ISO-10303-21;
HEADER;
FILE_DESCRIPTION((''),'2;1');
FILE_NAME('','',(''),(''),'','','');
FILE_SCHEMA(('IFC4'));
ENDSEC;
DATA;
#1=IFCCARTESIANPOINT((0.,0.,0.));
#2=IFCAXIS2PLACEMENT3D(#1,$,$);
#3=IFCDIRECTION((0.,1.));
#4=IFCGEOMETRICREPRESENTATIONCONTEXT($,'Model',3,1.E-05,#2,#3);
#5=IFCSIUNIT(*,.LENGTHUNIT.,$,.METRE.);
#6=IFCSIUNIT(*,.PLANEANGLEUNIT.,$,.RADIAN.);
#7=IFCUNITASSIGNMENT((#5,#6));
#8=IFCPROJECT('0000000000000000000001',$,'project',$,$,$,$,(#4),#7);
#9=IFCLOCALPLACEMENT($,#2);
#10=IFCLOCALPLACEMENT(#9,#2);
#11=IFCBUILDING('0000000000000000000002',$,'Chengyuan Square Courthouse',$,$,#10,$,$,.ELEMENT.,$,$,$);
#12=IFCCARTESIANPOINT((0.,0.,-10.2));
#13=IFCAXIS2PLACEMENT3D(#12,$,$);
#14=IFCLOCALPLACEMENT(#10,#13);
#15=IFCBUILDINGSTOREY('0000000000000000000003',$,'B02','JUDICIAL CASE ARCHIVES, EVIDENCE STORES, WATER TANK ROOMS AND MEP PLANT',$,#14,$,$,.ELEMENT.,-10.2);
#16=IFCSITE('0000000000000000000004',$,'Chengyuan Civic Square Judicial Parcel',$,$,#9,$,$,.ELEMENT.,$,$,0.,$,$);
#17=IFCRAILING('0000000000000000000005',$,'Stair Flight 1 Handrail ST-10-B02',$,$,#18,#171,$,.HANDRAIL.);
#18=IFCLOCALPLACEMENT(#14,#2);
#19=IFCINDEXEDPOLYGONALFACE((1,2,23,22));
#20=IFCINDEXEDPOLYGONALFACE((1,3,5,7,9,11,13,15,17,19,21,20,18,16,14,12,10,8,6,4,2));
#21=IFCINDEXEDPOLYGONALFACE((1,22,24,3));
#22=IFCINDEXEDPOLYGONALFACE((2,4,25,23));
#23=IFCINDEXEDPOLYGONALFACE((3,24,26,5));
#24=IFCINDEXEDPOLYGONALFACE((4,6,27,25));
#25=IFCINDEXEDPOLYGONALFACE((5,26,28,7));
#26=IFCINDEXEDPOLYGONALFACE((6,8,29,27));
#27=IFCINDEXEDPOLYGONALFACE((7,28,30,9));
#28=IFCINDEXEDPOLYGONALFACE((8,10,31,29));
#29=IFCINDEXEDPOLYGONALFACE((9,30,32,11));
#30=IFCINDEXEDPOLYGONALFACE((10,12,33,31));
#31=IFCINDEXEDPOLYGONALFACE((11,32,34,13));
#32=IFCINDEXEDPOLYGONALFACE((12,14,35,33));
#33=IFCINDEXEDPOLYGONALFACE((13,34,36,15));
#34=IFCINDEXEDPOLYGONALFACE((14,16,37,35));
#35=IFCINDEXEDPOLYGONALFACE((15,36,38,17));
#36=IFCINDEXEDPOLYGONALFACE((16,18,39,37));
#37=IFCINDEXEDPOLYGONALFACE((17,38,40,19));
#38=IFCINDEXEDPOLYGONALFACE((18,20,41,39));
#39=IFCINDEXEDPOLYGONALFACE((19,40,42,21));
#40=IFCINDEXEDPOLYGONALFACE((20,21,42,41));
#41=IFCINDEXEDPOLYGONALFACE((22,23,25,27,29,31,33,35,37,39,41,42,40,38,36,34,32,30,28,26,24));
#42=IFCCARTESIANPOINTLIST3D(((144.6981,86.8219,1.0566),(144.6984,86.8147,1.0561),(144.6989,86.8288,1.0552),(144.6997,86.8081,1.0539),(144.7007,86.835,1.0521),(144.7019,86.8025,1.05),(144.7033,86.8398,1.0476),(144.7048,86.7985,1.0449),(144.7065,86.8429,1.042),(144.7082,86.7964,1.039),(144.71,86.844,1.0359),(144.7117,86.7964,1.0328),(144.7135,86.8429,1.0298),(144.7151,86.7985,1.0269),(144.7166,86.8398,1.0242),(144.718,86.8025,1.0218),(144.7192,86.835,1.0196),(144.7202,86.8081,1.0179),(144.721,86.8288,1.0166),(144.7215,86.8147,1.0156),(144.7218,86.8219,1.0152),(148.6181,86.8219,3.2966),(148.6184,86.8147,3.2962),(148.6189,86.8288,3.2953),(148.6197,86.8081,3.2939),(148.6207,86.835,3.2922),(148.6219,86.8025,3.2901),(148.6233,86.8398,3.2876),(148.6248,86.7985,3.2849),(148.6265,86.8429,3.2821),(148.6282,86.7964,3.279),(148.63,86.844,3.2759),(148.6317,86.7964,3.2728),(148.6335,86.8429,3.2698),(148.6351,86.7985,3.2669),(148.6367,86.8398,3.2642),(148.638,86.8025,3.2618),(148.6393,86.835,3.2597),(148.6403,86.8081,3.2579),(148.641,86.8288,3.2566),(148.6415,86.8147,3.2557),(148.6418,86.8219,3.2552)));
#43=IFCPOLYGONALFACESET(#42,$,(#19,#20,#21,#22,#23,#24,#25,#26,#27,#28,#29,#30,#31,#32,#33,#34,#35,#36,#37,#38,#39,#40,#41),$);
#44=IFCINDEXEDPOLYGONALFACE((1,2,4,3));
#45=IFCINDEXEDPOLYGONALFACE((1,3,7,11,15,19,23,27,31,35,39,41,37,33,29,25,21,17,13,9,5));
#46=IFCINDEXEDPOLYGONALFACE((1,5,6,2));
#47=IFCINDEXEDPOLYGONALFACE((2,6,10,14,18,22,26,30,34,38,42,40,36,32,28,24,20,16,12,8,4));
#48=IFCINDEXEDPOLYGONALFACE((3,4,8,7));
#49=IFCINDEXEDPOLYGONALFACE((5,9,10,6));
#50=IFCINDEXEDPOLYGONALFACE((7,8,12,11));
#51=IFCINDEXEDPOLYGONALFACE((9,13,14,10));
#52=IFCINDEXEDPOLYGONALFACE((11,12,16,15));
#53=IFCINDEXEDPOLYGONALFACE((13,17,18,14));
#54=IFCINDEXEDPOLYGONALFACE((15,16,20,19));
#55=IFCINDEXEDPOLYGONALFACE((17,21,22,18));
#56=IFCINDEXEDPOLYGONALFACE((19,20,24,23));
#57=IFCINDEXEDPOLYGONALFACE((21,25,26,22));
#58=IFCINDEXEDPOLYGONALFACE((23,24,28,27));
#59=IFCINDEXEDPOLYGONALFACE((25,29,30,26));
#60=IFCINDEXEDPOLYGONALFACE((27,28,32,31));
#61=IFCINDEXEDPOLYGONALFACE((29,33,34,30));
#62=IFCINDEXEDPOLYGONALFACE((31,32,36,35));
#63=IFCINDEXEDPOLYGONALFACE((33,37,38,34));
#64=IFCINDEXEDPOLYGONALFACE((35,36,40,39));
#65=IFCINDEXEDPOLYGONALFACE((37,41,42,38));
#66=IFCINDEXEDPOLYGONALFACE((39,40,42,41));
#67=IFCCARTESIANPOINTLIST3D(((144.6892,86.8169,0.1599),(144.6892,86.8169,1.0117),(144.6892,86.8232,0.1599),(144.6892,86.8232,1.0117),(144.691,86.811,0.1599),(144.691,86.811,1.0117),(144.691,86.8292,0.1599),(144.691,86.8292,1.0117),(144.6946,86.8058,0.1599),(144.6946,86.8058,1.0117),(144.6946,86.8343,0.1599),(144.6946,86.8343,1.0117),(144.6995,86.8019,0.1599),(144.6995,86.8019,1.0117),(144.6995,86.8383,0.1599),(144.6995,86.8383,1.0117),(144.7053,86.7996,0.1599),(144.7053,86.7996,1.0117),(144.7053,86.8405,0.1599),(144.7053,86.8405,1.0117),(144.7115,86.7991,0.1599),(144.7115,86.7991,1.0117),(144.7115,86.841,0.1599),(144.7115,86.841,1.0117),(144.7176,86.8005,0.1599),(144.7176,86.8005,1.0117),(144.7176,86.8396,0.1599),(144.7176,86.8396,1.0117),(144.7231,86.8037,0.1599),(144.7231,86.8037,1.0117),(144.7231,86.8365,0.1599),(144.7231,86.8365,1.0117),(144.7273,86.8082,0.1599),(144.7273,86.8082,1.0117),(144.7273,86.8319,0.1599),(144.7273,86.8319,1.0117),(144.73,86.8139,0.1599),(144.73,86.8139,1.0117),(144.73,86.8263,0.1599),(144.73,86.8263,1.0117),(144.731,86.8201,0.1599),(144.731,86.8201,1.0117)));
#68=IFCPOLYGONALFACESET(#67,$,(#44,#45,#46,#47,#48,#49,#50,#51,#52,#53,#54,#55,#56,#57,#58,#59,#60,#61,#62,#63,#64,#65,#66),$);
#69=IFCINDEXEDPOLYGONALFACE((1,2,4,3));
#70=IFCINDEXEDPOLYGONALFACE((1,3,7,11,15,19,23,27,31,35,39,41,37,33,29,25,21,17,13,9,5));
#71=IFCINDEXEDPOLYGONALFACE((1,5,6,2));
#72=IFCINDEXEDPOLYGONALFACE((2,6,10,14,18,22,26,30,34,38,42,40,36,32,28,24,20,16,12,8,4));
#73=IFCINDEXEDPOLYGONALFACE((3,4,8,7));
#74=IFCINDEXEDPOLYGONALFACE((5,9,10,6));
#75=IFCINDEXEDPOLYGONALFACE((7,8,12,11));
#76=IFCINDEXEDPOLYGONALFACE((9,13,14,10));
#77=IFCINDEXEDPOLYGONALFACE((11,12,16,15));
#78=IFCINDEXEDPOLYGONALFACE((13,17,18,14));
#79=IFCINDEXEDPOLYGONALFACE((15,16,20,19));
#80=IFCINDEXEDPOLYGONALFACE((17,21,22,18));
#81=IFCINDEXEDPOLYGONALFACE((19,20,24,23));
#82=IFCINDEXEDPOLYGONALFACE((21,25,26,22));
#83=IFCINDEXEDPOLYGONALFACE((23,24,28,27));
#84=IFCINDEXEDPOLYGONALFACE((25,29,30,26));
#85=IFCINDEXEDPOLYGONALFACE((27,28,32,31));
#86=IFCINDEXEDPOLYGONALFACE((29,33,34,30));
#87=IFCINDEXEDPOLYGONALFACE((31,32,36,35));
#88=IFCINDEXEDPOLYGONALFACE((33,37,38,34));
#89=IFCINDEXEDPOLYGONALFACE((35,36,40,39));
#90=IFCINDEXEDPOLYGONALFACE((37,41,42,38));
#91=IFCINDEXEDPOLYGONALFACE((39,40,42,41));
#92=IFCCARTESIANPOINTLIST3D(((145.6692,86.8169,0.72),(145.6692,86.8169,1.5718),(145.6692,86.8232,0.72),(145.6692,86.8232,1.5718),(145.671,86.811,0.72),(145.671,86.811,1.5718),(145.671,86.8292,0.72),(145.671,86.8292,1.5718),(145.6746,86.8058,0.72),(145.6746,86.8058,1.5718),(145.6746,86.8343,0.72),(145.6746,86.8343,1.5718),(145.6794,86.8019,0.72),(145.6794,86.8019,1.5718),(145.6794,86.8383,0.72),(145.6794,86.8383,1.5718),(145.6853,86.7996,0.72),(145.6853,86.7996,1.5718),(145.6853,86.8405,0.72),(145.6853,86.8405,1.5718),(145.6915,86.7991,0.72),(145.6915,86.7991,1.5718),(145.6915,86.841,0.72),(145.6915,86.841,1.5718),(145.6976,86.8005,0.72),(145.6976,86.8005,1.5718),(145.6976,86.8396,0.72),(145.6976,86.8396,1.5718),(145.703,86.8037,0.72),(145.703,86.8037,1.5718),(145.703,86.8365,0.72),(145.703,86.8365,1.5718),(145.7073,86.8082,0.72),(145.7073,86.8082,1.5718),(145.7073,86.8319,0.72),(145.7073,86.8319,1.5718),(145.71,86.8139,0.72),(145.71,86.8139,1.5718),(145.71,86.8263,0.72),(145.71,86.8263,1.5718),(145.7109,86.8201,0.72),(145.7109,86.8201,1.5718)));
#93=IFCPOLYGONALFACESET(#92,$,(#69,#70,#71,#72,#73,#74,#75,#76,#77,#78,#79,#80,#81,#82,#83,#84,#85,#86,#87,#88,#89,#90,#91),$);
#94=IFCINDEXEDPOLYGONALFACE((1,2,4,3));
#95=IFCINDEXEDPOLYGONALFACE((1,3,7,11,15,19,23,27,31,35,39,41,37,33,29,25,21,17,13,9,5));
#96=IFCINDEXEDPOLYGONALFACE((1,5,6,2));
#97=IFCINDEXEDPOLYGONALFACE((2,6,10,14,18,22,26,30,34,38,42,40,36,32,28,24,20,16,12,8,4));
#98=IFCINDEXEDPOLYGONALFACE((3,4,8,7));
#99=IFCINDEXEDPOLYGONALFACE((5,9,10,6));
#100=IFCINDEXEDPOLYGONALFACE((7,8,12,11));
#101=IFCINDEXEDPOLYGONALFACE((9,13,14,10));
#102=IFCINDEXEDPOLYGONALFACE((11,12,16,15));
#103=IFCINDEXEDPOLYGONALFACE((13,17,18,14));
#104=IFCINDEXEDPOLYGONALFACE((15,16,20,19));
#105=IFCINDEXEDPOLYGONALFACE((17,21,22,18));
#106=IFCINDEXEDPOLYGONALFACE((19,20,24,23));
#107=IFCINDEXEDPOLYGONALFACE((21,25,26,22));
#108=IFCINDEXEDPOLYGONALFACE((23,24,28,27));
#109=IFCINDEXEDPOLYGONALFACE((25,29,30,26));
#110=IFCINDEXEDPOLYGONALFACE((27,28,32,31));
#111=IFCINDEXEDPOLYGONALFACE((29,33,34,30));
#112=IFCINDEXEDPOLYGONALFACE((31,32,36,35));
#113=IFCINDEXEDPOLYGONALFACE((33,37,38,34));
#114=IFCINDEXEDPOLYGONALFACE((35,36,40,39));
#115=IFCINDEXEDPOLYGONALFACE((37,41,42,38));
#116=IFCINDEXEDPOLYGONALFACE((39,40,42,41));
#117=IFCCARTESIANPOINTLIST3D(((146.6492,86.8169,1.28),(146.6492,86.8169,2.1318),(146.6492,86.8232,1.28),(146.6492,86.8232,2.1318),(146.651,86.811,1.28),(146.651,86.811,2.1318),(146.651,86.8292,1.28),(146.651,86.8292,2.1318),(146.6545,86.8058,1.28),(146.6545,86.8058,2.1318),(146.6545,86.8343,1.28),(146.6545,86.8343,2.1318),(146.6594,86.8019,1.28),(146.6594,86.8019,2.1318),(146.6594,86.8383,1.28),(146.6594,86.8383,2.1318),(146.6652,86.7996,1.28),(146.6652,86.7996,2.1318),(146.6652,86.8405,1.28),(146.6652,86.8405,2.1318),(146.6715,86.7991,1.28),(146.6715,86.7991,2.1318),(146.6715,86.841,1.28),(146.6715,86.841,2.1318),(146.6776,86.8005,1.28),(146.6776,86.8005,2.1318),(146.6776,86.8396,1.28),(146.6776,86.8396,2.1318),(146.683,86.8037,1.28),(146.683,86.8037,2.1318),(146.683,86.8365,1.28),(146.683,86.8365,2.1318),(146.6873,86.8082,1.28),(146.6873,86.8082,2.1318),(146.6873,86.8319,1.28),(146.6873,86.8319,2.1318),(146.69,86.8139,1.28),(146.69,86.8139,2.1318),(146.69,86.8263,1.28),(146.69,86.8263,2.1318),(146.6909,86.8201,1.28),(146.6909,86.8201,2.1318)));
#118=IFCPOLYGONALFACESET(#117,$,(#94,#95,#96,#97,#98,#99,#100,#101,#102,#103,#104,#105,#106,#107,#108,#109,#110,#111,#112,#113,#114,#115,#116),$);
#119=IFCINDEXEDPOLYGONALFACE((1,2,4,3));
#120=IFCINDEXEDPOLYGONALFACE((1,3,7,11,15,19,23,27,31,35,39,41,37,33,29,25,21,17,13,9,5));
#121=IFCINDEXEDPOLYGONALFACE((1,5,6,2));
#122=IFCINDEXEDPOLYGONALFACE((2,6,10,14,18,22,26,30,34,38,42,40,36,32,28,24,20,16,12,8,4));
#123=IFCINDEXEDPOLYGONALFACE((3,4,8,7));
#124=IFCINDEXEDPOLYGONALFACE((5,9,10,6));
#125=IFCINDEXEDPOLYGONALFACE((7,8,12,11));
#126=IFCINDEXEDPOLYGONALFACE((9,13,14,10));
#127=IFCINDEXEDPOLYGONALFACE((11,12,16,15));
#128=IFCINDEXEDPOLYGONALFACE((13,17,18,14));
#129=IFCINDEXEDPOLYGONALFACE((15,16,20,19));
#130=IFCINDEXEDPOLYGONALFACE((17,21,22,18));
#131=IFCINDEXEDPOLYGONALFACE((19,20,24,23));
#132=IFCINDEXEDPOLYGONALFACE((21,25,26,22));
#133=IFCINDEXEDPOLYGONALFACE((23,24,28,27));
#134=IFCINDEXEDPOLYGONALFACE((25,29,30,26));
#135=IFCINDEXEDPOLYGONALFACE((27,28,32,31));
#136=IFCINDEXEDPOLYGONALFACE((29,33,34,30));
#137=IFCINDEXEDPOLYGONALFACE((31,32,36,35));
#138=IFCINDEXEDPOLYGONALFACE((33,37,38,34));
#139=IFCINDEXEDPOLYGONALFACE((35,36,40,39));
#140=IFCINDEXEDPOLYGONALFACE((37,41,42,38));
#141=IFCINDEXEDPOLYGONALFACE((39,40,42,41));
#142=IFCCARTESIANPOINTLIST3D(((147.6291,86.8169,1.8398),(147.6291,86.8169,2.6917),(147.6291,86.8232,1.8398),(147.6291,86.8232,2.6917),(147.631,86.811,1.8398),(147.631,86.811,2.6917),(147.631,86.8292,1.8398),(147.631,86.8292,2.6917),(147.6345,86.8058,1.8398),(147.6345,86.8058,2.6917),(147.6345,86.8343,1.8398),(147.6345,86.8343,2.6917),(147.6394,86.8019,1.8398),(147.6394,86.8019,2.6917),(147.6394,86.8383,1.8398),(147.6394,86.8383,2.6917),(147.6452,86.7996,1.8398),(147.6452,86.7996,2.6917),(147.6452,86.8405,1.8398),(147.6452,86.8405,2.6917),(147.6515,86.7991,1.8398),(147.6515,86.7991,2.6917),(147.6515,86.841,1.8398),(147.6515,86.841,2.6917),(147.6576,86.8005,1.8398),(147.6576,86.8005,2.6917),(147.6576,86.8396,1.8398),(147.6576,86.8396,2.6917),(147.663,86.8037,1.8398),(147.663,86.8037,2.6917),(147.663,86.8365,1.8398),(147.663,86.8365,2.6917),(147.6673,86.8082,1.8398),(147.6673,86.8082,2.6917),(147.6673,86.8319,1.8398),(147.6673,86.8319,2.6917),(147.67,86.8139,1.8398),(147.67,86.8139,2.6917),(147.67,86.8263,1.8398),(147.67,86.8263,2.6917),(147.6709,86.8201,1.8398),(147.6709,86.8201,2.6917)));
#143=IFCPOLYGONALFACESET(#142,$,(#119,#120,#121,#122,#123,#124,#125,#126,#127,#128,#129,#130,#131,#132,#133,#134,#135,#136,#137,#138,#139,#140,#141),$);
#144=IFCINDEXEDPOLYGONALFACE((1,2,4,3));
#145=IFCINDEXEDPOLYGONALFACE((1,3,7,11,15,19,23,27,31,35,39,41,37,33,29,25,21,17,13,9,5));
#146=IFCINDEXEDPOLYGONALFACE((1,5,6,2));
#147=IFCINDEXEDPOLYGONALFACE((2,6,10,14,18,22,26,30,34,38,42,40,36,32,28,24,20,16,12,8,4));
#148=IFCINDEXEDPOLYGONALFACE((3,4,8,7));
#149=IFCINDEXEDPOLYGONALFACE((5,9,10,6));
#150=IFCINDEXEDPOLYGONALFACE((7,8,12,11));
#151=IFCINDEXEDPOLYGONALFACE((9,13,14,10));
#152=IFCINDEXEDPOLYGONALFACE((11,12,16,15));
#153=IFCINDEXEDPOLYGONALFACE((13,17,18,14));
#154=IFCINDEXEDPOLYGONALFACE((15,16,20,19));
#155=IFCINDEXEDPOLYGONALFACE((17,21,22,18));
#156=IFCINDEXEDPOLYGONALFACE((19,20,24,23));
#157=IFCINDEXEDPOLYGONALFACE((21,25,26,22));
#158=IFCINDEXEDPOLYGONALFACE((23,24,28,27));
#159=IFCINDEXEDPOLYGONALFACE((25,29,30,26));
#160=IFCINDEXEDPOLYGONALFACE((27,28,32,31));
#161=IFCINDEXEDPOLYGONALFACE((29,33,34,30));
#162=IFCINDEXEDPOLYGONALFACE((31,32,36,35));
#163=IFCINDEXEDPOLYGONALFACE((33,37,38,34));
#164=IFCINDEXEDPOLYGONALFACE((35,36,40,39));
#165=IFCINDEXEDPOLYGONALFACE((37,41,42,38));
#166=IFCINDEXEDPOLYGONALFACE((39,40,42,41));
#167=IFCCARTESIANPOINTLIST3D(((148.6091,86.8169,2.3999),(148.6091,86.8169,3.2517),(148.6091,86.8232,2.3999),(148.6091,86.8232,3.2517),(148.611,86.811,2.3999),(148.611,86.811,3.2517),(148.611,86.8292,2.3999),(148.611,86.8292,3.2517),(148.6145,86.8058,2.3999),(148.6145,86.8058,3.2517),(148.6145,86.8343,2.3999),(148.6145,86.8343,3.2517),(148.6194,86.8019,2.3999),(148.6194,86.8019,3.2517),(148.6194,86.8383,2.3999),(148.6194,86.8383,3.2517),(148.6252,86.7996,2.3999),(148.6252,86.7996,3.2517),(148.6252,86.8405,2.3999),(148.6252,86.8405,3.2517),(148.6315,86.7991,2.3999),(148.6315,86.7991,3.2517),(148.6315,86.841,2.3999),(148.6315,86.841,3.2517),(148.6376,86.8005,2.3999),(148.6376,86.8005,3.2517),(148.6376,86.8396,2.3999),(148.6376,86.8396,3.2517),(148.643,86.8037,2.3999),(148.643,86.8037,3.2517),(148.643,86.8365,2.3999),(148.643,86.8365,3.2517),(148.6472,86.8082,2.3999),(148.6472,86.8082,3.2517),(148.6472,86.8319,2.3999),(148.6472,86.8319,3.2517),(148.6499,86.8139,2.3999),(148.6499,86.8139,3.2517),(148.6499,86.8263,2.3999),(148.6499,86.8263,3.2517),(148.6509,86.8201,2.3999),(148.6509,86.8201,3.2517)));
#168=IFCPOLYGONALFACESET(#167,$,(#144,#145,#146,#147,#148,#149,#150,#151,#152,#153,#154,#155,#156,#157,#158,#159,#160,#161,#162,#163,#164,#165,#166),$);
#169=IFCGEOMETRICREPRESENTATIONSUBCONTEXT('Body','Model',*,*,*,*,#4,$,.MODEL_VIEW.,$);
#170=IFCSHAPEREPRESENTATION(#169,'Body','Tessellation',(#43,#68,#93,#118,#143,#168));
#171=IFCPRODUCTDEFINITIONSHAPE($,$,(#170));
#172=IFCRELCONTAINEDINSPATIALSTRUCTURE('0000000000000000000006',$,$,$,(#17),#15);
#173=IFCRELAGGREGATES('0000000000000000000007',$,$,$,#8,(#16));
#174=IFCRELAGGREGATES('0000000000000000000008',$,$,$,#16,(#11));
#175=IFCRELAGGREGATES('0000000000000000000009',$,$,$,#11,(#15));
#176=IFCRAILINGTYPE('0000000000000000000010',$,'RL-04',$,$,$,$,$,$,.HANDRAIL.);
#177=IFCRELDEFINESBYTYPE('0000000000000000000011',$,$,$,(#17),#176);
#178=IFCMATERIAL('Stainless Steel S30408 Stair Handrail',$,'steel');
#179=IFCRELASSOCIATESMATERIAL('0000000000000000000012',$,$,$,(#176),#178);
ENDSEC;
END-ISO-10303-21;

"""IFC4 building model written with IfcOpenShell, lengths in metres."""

from ifc_helpers import new_model, si_unit, direction, frame, origin, origin_2d, place, context, subcontext, project, spatial, circle, extrude, material, type_object, element, save


model = new_model("IFC4")

# Units and contexts
model_context = context("Model", 3, precision=1e-05, world=origin(), true_north=direction((0.0, 1.0)))
body_context = subcontext(model_context, "Body", "Model", "MODEL_VIEW")
ifc_project = project(units=[si_unit("LENGTHUNIT", "METRE"), si_unit("PLANEANGLEUNIT", "RADIAN")], contexts=[model_context])

# Site, building, storey
site_placement = place(None, origin())
site = spatial("IfcSite", under=ifc_project, at=site_placement, Name="Chengyuan Civic Square Judicial Parcel", CompositionType="ELEMENT", RefElevation=0.0)
building_placement = place(site_placement, origin())
building = spatial("IfcBuilding", under=site, at=building_placement, Name="Chengyuan Square Courthouse", CompositionType="ELEMENT")
storey_placement = place(building_placement, frame((0.0, 0.0, -10.2)))
storey = spatial("IfcBuildingStorey", under=building, at=storey_placement, Name="B02", Description="JUDICIAL CASE ARCHIVES, EVIDENCE STORES, WATER TANK ROOMS AND MEP PLANT", CompositionType="ELEMENT", Elevation=-10.2)

# Railing
ifc_material_1 = material(Name="Stainless Steel S30408 Stair Handrail", Category="steel")
railing_type_1 = type_object("IfcRailingType", Name="RL-04", PredefinedType="HANDRAIL", material=ifc_material_1)
railing_1_placement = place(storey_placement, frame((144.71, 86.8201, 0.1599)))
element("IfcRailing", 1, at=railing_1_placement, inside=storey, type_object=railing_type_1, Name="Stair Flight 1 Handrail ST-10-B02", PredefinedType="HANDRAIL", context=body_context, shape_type="SweptSolid", body=[
    extrude(circle(Radius=0.0239, at=origin_2d()), frame((0.0, 0.0, 0.876), z_axis=(0.86824, 0.0, 0.496145), x_axis=(0.0, 1.0, 0.0)), (0.0, 0.0, 1.0), 4.5149),
    extrude(circle(Radius=0.021, at=origin_2d()), origin(), (0.0, 0.0, 1.0), 0.8518),
    extrude(circle(Radius=0.021, at=origin_2d()), frame((0.98, 0.0, 0.5601)), (0.0, 0.0, 1.0), 0.8518),
    extrude(circle(Radius=0.021, at=origin_2d()), frame((1.96, 0.0, 1.1201)), (0.0, 0.0, 1.0), 0.8518),
    extrude(circle(Radius=0.021, at=origin_2d()), frame((2.9399, 0.0, 1.6799)), (0.0, 0.0, 1.0), 0.8518),
    extrude(circle(Radius=0.021, at=origin_2d()), frame((3.9199, 0.0, 2.24)), (0.0, 0.0, 1.0), 0.8518),
])

save(model, "model.ifc")
